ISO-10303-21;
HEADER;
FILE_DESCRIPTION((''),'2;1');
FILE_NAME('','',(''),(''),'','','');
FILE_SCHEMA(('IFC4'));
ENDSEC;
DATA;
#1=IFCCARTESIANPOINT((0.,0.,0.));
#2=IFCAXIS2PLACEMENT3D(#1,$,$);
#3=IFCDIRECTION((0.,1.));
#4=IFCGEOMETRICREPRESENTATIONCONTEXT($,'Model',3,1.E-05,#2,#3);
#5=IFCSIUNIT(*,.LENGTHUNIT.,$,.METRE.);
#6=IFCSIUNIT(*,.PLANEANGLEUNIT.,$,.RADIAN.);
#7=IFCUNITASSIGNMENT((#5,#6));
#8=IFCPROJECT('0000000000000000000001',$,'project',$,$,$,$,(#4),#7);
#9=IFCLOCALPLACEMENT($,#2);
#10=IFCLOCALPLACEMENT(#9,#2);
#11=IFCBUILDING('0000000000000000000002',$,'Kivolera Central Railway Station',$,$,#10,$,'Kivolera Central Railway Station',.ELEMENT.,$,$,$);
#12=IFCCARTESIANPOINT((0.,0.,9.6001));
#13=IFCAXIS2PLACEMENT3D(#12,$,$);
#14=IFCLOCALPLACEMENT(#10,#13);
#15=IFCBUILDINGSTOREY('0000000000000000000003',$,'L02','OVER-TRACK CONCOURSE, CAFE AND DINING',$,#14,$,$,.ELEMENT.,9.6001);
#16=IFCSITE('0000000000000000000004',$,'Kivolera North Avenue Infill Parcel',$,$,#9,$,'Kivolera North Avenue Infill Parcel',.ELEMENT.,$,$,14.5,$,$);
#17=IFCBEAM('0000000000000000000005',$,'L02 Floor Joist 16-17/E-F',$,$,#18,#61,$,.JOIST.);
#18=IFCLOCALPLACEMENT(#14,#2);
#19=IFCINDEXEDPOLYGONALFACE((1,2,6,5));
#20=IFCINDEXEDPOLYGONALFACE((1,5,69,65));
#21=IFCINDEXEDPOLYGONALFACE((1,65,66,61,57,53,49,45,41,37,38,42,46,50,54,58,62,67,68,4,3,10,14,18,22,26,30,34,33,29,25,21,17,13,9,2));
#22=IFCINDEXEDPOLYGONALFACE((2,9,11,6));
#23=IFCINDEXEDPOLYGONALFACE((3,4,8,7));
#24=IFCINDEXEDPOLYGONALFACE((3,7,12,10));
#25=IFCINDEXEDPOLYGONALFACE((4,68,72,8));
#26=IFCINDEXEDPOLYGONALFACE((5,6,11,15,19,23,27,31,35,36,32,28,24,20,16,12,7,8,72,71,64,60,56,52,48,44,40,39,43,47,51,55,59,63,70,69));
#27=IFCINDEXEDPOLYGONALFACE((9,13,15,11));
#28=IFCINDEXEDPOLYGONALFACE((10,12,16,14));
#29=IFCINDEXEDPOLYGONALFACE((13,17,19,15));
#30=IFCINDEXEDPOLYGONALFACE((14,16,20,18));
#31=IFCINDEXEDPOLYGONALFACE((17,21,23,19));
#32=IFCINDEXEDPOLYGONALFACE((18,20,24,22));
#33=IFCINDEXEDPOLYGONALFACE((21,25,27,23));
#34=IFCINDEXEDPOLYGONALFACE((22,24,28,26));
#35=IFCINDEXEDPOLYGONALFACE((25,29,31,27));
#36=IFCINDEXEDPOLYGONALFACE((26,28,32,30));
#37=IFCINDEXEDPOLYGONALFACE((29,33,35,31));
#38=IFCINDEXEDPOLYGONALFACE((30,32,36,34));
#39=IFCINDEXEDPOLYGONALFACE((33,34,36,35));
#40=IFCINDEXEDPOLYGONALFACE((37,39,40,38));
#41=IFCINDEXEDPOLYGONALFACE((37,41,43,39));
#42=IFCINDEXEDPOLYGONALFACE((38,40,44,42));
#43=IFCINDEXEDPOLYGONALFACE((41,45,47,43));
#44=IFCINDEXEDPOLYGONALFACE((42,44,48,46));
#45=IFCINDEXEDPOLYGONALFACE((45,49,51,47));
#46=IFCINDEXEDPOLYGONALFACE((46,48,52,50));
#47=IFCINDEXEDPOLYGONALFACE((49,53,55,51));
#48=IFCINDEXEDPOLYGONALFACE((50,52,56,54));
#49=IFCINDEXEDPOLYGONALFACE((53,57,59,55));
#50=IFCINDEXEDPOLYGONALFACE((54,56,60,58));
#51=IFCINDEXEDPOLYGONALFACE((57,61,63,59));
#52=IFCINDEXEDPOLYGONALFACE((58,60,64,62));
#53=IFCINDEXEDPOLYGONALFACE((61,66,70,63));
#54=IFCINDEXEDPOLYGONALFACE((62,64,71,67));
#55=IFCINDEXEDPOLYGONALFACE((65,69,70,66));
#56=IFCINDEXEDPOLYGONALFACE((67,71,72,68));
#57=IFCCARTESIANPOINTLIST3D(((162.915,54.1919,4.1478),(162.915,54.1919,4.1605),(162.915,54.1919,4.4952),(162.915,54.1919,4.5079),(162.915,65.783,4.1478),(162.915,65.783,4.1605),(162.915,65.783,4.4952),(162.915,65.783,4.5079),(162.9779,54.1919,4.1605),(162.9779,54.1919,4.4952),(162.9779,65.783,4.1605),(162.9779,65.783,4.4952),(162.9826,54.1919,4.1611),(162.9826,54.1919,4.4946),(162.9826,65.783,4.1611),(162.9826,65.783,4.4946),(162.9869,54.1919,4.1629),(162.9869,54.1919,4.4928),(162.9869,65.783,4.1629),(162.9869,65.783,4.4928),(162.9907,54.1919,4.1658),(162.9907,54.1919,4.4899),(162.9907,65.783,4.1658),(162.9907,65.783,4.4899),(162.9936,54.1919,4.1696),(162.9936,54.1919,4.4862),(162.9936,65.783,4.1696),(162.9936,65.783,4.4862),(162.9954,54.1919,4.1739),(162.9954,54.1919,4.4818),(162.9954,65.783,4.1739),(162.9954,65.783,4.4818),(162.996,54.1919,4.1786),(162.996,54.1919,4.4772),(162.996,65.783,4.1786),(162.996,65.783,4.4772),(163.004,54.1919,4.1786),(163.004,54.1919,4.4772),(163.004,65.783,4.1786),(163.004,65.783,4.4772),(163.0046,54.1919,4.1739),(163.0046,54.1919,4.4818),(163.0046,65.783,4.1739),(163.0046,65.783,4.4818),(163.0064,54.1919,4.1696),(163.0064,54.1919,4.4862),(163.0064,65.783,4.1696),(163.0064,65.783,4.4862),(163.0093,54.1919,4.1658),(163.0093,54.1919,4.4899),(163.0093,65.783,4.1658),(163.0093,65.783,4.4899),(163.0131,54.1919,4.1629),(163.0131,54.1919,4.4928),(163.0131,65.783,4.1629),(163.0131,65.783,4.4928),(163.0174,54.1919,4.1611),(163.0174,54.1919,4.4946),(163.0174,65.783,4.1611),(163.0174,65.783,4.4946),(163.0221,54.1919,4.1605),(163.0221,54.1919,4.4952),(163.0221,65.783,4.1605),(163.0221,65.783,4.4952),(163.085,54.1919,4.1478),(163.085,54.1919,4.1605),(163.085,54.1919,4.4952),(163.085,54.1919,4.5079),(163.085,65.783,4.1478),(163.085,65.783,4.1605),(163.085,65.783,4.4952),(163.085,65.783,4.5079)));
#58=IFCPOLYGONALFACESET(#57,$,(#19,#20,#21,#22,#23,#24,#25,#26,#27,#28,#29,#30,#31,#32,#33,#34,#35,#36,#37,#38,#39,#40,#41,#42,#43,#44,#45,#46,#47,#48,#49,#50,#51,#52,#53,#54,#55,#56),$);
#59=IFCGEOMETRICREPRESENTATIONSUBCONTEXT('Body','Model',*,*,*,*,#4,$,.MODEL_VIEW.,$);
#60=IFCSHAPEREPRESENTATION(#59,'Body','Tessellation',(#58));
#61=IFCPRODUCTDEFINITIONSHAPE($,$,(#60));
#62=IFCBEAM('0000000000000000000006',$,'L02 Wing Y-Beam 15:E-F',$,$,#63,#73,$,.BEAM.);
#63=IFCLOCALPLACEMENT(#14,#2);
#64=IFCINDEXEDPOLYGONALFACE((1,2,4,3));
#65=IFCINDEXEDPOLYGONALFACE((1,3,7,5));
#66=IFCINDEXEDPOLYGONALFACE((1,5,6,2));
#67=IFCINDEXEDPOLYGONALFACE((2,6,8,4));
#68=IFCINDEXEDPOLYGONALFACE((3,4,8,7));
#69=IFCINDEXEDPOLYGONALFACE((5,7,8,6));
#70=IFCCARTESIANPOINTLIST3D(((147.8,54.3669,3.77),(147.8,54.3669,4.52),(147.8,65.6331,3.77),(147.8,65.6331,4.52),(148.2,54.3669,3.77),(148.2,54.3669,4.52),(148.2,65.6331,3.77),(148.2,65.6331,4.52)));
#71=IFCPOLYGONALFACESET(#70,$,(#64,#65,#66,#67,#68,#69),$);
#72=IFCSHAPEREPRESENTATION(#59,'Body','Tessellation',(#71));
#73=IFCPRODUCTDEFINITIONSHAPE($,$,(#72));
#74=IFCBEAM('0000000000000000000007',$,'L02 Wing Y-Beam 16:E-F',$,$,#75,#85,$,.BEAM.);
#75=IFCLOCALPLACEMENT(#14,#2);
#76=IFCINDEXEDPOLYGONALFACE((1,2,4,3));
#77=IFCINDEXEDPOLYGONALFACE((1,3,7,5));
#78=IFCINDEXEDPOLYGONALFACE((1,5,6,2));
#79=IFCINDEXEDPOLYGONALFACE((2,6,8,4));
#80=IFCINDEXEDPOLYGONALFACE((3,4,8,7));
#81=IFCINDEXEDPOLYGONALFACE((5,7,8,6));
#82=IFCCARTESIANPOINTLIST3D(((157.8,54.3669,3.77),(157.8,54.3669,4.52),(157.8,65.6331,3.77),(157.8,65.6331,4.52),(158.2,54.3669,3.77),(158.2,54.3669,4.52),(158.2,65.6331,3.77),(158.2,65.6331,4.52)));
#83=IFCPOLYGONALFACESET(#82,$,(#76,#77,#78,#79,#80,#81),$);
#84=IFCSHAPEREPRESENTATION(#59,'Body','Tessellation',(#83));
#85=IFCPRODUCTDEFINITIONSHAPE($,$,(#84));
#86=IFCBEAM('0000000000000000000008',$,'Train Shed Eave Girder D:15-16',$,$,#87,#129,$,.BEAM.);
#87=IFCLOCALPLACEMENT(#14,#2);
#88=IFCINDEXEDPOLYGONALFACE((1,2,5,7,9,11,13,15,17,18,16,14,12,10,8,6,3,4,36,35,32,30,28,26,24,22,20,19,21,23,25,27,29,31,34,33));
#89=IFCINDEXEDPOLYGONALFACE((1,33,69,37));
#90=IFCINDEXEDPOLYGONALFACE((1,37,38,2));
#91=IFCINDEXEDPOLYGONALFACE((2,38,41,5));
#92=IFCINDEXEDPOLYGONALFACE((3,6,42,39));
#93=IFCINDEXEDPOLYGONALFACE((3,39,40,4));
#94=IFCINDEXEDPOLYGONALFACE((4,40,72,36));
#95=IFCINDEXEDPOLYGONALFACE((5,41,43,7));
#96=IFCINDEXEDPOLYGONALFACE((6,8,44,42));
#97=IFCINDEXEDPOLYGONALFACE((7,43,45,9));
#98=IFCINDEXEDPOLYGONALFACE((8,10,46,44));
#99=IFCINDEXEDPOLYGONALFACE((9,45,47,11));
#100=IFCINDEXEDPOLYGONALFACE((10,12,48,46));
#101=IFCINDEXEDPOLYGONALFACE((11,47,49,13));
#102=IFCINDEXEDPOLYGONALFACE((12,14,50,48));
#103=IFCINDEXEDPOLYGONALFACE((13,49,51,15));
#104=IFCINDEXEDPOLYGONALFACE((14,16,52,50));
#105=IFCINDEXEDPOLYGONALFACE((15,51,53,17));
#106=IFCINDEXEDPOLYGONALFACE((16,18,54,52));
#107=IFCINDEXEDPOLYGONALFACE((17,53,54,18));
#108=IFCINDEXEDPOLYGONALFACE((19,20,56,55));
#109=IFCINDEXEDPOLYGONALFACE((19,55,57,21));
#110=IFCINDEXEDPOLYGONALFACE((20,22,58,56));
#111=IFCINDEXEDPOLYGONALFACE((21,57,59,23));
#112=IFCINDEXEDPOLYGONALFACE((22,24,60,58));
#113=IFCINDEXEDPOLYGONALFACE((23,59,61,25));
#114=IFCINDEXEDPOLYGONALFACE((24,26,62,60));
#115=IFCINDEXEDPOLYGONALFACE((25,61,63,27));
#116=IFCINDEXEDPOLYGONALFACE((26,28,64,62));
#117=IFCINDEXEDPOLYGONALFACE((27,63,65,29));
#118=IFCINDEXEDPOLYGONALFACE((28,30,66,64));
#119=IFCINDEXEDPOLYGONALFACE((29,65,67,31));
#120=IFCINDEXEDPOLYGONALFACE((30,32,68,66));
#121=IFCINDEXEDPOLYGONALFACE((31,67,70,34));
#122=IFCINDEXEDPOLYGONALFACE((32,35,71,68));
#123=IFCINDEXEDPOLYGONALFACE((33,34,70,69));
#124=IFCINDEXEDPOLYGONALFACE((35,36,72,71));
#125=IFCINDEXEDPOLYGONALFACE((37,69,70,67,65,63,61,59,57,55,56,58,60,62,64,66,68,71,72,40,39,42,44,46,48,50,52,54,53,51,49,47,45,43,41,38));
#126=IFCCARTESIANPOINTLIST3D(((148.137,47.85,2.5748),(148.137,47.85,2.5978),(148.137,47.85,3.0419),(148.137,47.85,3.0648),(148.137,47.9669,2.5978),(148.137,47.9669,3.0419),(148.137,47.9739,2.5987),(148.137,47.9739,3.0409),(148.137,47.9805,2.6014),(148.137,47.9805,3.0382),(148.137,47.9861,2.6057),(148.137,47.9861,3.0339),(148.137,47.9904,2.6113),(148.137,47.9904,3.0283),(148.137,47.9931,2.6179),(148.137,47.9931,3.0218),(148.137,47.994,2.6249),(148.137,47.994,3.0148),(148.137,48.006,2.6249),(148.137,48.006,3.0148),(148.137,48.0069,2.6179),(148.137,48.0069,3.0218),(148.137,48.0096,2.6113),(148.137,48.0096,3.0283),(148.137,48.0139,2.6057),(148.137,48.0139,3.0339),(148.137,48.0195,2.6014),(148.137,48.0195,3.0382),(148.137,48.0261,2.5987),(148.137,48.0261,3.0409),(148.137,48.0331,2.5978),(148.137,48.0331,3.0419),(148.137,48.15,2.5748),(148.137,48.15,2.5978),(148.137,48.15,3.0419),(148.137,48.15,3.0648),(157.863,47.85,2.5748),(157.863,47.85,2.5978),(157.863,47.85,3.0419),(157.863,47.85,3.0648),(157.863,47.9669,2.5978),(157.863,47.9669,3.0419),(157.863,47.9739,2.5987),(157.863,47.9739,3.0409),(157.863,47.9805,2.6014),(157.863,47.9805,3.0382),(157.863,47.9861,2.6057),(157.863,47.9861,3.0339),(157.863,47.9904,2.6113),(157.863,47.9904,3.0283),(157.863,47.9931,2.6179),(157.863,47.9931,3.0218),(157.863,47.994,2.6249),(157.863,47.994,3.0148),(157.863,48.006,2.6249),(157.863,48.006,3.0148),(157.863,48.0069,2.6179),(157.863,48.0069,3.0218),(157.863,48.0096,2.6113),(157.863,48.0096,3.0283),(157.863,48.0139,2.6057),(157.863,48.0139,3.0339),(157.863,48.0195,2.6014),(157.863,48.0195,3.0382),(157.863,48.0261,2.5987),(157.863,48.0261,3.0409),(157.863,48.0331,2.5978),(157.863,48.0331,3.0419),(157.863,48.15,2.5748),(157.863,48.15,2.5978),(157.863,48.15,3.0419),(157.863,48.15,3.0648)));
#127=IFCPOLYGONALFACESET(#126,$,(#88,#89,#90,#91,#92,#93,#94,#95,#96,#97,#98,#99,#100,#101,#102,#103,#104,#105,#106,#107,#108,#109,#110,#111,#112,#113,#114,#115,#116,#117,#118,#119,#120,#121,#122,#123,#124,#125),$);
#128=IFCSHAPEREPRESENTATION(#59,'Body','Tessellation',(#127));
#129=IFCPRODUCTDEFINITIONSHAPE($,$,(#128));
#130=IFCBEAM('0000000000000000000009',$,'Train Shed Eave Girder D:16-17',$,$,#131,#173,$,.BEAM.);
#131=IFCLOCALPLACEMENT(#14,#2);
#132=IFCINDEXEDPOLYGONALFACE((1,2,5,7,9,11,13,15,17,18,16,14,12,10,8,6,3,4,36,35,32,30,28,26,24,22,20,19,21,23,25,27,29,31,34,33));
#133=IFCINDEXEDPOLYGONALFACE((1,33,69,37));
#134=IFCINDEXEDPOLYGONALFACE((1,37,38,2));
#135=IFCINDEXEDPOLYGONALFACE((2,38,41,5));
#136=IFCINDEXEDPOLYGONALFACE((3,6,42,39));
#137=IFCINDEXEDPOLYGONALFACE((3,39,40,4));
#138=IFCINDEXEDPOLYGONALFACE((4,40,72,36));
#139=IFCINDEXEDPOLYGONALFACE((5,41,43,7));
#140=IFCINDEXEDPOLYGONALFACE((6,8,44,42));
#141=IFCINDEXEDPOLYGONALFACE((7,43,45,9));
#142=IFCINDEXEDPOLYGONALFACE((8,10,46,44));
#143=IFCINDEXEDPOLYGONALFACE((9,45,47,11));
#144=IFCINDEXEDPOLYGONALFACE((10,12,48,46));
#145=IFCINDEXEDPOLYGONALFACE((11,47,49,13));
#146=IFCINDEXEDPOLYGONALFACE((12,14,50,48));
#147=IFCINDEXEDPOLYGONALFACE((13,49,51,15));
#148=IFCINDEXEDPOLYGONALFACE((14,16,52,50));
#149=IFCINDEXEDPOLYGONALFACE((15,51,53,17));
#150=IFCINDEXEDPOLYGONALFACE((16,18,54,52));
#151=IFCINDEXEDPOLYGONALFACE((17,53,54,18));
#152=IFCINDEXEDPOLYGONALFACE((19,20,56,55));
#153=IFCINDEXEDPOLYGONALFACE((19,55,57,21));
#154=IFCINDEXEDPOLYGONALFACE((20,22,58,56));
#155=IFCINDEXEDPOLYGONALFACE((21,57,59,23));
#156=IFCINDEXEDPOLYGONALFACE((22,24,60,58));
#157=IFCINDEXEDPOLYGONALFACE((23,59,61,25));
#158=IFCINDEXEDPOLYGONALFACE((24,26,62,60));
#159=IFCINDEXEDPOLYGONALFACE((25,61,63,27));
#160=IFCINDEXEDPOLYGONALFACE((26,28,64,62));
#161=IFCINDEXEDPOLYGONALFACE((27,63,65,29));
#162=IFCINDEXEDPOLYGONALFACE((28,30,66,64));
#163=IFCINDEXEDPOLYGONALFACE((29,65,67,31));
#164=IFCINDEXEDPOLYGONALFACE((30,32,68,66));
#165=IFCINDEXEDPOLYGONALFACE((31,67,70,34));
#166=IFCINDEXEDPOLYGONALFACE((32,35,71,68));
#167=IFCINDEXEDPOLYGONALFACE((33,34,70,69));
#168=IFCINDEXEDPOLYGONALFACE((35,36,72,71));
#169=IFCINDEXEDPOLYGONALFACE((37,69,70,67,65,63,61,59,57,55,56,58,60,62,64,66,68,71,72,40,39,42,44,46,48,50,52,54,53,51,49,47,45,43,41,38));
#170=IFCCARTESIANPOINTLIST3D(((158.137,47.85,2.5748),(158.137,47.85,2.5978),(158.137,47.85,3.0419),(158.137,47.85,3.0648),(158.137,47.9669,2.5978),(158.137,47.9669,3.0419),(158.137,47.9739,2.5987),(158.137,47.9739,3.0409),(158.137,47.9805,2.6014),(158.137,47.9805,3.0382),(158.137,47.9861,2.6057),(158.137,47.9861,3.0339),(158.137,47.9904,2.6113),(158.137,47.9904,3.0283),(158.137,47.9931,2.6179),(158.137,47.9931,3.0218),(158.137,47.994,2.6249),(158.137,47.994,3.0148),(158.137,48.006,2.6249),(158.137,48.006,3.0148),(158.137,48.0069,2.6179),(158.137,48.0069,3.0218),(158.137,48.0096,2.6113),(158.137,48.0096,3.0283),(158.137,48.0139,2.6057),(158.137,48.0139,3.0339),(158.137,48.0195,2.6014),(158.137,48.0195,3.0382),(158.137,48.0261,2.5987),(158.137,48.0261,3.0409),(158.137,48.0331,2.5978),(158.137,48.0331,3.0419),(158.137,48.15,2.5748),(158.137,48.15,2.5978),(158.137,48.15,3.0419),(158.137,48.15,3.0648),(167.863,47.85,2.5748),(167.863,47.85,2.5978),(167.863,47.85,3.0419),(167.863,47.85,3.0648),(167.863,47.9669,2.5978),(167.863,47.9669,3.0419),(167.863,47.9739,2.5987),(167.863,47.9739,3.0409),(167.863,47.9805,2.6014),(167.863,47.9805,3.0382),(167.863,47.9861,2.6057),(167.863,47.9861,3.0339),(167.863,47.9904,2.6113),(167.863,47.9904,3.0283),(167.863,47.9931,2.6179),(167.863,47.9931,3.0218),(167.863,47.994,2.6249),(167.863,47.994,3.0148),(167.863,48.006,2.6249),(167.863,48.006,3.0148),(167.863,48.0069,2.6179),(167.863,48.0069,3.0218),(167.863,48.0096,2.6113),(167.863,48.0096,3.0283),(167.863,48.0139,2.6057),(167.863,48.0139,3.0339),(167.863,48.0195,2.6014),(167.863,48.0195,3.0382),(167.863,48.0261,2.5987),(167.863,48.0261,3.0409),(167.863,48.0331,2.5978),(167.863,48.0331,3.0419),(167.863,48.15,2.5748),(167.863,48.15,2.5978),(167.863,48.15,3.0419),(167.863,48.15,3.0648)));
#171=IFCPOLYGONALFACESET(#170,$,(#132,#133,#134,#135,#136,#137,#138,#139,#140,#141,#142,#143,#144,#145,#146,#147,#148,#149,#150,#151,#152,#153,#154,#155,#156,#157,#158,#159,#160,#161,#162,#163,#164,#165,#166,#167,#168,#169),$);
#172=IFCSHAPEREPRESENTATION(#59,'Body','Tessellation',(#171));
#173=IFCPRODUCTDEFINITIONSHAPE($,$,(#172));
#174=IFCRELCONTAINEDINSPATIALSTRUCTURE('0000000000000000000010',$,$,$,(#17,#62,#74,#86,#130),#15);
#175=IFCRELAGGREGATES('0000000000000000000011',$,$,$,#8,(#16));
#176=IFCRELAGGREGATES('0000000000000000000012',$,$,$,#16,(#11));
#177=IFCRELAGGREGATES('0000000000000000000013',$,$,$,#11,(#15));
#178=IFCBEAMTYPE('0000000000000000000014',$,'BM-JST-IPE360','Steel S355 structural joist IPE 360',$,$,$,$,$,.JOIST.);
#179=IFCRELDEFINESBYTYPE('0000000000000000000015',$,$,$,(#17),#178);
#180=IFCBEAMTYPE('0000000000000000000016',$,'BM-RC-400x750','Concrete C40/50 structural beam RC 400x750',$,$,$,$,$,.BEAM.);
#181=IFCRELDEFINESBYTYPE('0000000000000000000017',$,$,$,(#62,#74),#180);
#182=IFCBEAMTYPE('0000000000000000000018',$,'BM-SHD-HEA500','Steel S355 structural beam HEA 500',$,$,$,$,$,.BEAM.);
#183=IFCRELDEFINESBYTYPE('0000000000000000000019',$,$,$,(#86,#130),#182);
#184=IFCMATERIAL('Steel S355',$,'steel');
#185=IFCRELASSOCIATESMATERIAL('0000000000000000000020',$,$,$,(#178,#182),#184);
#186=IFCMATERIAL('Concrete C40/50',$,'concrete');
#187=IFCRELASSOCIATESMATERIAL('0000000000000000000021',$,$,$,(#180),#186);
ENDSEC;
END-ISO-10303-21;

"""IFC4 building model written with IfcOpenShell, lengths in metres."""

from ifc_helpers import new_model, si_unit, direction, frame, origin, origin_2d, place, context, subcontext, project, spatial, rectangle, i_section, extrude, material, material_profile, profile_set, type_object, element, save


model = new_model("IFC4")

# Units and contexts
model_context = context("Model", 3, precision=1e-05, world=origin(), true_north=direction((0.0, 1.0)))
body_context = subcontext(model_context, "Body", "Model", "MODEL_VIEW")
ifc_project = project(units=[si_unit("LENGTHUNIT", "METRE"), si_unit("PLANEANGLEUNIT", "RADIAN")], contexts=[model_context])

# Site, building, storey
site_placement = place(None, origin())
site = spatial("IfcSite", under=ifc_project, at=site_placement, Name="Kivolera North Avenue Infill Parcel", LongName="Kivolera North Avenue Infill Parcel", CompositionType="ELEMENT", RefElevation=14.5)
building_placement = place(site_placement, origin())
building = spatial("IfcBuilding", under=site, at=building_placement, Name="Kivolera Central Railway Station", LongName="Kivolera Central Railway Station", CompositionType="ELEMENT")
storey_placement = place(building_placement, frame((0.0, 0.0, 9.6001)))
storey = spatial("IfcBuildingStorey", under=building, at=storey_placement, Name="L02", Description="OVER-TRACK CONCOURSE, CAFE AND DINING", CompositionType="ELEMENT", Elevation=9.6001)

# Shared definitions
ifc_material_1 = material(Name="Concrete C40/50", Category="concrete")
ifc_material_2 = material(Name="Steel S355", Category="steel")

# Beams
ifc_material_profile_1 = material_profile(ifc_material_2, i_section(OverallWidth=0.1699, OverallDepth=0.3601, WebThickness=0.0081, FlangeThickness=0.0127, FilletRadius=0.0181, at=origin_2d()), Name="IPE 360")
ifc_profile_set_1 = profile_set([ifc_material_profile_1], Name="Steel S355")
beam_type_1 = type_object("IfcBeamType", Name="BM-JST-IPE360", Description="Steel S355 structural joist IPE 360", PredefinedType="JOIST", material=ifc_profile_set_1)
for number, where, z_axis, x_axis, name in (
    (1, (163.0, 54.1919, 4.3279), (0.0, 1.0, 0.0), (-1.0, 0.0, 0.0), "L02 Floor Joist 16-17/E-F"),
):
    element("IfcBeam", number, at=place(storey_placement, frame(where, z_axis=z_axis, x_axis=x_axis)), inside=storey, type_object=beam_type_1, Name=name, PredefinedType="JOIST", context=body_context, shape_type="SweptSolid", body=[
        extrude(i_section(OverallWidth=0.1699, OverallDepth=0.3601, WebThickness=0.0081, FlangeThickness=0.0127, FilletRadius=0.0181, at=origin_2d()), origin(), (0.0, 0.0, 1.0), 11.5911),
    ])
ifc_material_profile_2 = material_profile(ifc_material_1, rectangle(XDim=0.3999, YDim=0.75, at=origin_2d()), Name="RC 400x750")
ifc_profile_set_2 = profile_set([ifc_material_profile_2], Name="Concrete C40/50")
beam_type_2 = type_object("IfcBeamType", Name="BM-RC-400x750", Description="Concrete C40/50 structural beam RC 400x750", PredefinedType="BEAM", material=ifc_profile_set_2)
for number, where, z_axis, x_axis, name in (
    (2, (148.0, 54.3669, 4.145), (0.0, 1.0, 0.0), (-1.0, 0.0, 0.0), "L02 Wing Y-Beam 15:E-F"),
    (3, (158.0, 54.3669, 4.145), (0.0, 1.0, 0.0), (-1.0, 0.0, 0.0), "L02 Wing Y-Beam 16:E-F"),
):
    element("IfcBeam", number, at=place(storey_placement, frame(where, z_axis=z_axis, x_axis=x_axis)), inside=storey, type_object=beam_type_2, Name=name, PredefinedType="BEAM", context=body_context, shape_type="SweptSolid", body=[
        extrude(rectangle(XDim=0.3999, YDim=0.75, at=origin_2d()), origin(), (0.0, 0.0, 1.0), 11.2661),
    ])
ifc_material_profile_3 = material_profile(ifc_material_2, i_section(OverallWidth=0.3, OverallDepth=0.49, WebThickness=0.012, FlangeThickness=0.0229, FilletRadius=0.0271, at=origin_2d()), Name="HEA 500")
ifc_profile_set_3 = profile_set([ifc_material_profile_3], Name="Steel S355")
beam_type_3 = type_object("IfcBeamType", Name="BM-SHD-HEA500", Description="Steel S355 structural beam HEA 500", PredefinedType="BEAM", material=ifc_profile_set_3)
for number, where, z_axis, x_axis, name in (
    (4, (148.137, 48.0, 2.8198), (1.0, 0.0, 0.0), (0.0, 1.0, 0.0), "Train Shed Eave Girder D:15-16"),
    (5, (158.137, 48.0, 2.8198), (1.0, 0.0, 0.0), (0.0, 1.0, 0.0), "Train Shed Eave Girder D:16-17"),
):
    element("IfcBeam", number, at=place(storey_placement, frame(where, z_axis=z_axis, x_axis=x_axis)), inside=storey, type_object=beam_type_3, Name=name, PredefinedType="BEAM", context=body_context, shape_type="SweptSolid", body=[
        extrude(i_section(OverallWidth=0.3, OverallDepth=0.49, WebThickness=0.012, FlangeThickness=0.0229, FilletRadius=0.0271, at=origin_2d()), origin(), (0.0, 0.0, 1.0), 9.7261),
    ])

save(model, "model.ifc")
